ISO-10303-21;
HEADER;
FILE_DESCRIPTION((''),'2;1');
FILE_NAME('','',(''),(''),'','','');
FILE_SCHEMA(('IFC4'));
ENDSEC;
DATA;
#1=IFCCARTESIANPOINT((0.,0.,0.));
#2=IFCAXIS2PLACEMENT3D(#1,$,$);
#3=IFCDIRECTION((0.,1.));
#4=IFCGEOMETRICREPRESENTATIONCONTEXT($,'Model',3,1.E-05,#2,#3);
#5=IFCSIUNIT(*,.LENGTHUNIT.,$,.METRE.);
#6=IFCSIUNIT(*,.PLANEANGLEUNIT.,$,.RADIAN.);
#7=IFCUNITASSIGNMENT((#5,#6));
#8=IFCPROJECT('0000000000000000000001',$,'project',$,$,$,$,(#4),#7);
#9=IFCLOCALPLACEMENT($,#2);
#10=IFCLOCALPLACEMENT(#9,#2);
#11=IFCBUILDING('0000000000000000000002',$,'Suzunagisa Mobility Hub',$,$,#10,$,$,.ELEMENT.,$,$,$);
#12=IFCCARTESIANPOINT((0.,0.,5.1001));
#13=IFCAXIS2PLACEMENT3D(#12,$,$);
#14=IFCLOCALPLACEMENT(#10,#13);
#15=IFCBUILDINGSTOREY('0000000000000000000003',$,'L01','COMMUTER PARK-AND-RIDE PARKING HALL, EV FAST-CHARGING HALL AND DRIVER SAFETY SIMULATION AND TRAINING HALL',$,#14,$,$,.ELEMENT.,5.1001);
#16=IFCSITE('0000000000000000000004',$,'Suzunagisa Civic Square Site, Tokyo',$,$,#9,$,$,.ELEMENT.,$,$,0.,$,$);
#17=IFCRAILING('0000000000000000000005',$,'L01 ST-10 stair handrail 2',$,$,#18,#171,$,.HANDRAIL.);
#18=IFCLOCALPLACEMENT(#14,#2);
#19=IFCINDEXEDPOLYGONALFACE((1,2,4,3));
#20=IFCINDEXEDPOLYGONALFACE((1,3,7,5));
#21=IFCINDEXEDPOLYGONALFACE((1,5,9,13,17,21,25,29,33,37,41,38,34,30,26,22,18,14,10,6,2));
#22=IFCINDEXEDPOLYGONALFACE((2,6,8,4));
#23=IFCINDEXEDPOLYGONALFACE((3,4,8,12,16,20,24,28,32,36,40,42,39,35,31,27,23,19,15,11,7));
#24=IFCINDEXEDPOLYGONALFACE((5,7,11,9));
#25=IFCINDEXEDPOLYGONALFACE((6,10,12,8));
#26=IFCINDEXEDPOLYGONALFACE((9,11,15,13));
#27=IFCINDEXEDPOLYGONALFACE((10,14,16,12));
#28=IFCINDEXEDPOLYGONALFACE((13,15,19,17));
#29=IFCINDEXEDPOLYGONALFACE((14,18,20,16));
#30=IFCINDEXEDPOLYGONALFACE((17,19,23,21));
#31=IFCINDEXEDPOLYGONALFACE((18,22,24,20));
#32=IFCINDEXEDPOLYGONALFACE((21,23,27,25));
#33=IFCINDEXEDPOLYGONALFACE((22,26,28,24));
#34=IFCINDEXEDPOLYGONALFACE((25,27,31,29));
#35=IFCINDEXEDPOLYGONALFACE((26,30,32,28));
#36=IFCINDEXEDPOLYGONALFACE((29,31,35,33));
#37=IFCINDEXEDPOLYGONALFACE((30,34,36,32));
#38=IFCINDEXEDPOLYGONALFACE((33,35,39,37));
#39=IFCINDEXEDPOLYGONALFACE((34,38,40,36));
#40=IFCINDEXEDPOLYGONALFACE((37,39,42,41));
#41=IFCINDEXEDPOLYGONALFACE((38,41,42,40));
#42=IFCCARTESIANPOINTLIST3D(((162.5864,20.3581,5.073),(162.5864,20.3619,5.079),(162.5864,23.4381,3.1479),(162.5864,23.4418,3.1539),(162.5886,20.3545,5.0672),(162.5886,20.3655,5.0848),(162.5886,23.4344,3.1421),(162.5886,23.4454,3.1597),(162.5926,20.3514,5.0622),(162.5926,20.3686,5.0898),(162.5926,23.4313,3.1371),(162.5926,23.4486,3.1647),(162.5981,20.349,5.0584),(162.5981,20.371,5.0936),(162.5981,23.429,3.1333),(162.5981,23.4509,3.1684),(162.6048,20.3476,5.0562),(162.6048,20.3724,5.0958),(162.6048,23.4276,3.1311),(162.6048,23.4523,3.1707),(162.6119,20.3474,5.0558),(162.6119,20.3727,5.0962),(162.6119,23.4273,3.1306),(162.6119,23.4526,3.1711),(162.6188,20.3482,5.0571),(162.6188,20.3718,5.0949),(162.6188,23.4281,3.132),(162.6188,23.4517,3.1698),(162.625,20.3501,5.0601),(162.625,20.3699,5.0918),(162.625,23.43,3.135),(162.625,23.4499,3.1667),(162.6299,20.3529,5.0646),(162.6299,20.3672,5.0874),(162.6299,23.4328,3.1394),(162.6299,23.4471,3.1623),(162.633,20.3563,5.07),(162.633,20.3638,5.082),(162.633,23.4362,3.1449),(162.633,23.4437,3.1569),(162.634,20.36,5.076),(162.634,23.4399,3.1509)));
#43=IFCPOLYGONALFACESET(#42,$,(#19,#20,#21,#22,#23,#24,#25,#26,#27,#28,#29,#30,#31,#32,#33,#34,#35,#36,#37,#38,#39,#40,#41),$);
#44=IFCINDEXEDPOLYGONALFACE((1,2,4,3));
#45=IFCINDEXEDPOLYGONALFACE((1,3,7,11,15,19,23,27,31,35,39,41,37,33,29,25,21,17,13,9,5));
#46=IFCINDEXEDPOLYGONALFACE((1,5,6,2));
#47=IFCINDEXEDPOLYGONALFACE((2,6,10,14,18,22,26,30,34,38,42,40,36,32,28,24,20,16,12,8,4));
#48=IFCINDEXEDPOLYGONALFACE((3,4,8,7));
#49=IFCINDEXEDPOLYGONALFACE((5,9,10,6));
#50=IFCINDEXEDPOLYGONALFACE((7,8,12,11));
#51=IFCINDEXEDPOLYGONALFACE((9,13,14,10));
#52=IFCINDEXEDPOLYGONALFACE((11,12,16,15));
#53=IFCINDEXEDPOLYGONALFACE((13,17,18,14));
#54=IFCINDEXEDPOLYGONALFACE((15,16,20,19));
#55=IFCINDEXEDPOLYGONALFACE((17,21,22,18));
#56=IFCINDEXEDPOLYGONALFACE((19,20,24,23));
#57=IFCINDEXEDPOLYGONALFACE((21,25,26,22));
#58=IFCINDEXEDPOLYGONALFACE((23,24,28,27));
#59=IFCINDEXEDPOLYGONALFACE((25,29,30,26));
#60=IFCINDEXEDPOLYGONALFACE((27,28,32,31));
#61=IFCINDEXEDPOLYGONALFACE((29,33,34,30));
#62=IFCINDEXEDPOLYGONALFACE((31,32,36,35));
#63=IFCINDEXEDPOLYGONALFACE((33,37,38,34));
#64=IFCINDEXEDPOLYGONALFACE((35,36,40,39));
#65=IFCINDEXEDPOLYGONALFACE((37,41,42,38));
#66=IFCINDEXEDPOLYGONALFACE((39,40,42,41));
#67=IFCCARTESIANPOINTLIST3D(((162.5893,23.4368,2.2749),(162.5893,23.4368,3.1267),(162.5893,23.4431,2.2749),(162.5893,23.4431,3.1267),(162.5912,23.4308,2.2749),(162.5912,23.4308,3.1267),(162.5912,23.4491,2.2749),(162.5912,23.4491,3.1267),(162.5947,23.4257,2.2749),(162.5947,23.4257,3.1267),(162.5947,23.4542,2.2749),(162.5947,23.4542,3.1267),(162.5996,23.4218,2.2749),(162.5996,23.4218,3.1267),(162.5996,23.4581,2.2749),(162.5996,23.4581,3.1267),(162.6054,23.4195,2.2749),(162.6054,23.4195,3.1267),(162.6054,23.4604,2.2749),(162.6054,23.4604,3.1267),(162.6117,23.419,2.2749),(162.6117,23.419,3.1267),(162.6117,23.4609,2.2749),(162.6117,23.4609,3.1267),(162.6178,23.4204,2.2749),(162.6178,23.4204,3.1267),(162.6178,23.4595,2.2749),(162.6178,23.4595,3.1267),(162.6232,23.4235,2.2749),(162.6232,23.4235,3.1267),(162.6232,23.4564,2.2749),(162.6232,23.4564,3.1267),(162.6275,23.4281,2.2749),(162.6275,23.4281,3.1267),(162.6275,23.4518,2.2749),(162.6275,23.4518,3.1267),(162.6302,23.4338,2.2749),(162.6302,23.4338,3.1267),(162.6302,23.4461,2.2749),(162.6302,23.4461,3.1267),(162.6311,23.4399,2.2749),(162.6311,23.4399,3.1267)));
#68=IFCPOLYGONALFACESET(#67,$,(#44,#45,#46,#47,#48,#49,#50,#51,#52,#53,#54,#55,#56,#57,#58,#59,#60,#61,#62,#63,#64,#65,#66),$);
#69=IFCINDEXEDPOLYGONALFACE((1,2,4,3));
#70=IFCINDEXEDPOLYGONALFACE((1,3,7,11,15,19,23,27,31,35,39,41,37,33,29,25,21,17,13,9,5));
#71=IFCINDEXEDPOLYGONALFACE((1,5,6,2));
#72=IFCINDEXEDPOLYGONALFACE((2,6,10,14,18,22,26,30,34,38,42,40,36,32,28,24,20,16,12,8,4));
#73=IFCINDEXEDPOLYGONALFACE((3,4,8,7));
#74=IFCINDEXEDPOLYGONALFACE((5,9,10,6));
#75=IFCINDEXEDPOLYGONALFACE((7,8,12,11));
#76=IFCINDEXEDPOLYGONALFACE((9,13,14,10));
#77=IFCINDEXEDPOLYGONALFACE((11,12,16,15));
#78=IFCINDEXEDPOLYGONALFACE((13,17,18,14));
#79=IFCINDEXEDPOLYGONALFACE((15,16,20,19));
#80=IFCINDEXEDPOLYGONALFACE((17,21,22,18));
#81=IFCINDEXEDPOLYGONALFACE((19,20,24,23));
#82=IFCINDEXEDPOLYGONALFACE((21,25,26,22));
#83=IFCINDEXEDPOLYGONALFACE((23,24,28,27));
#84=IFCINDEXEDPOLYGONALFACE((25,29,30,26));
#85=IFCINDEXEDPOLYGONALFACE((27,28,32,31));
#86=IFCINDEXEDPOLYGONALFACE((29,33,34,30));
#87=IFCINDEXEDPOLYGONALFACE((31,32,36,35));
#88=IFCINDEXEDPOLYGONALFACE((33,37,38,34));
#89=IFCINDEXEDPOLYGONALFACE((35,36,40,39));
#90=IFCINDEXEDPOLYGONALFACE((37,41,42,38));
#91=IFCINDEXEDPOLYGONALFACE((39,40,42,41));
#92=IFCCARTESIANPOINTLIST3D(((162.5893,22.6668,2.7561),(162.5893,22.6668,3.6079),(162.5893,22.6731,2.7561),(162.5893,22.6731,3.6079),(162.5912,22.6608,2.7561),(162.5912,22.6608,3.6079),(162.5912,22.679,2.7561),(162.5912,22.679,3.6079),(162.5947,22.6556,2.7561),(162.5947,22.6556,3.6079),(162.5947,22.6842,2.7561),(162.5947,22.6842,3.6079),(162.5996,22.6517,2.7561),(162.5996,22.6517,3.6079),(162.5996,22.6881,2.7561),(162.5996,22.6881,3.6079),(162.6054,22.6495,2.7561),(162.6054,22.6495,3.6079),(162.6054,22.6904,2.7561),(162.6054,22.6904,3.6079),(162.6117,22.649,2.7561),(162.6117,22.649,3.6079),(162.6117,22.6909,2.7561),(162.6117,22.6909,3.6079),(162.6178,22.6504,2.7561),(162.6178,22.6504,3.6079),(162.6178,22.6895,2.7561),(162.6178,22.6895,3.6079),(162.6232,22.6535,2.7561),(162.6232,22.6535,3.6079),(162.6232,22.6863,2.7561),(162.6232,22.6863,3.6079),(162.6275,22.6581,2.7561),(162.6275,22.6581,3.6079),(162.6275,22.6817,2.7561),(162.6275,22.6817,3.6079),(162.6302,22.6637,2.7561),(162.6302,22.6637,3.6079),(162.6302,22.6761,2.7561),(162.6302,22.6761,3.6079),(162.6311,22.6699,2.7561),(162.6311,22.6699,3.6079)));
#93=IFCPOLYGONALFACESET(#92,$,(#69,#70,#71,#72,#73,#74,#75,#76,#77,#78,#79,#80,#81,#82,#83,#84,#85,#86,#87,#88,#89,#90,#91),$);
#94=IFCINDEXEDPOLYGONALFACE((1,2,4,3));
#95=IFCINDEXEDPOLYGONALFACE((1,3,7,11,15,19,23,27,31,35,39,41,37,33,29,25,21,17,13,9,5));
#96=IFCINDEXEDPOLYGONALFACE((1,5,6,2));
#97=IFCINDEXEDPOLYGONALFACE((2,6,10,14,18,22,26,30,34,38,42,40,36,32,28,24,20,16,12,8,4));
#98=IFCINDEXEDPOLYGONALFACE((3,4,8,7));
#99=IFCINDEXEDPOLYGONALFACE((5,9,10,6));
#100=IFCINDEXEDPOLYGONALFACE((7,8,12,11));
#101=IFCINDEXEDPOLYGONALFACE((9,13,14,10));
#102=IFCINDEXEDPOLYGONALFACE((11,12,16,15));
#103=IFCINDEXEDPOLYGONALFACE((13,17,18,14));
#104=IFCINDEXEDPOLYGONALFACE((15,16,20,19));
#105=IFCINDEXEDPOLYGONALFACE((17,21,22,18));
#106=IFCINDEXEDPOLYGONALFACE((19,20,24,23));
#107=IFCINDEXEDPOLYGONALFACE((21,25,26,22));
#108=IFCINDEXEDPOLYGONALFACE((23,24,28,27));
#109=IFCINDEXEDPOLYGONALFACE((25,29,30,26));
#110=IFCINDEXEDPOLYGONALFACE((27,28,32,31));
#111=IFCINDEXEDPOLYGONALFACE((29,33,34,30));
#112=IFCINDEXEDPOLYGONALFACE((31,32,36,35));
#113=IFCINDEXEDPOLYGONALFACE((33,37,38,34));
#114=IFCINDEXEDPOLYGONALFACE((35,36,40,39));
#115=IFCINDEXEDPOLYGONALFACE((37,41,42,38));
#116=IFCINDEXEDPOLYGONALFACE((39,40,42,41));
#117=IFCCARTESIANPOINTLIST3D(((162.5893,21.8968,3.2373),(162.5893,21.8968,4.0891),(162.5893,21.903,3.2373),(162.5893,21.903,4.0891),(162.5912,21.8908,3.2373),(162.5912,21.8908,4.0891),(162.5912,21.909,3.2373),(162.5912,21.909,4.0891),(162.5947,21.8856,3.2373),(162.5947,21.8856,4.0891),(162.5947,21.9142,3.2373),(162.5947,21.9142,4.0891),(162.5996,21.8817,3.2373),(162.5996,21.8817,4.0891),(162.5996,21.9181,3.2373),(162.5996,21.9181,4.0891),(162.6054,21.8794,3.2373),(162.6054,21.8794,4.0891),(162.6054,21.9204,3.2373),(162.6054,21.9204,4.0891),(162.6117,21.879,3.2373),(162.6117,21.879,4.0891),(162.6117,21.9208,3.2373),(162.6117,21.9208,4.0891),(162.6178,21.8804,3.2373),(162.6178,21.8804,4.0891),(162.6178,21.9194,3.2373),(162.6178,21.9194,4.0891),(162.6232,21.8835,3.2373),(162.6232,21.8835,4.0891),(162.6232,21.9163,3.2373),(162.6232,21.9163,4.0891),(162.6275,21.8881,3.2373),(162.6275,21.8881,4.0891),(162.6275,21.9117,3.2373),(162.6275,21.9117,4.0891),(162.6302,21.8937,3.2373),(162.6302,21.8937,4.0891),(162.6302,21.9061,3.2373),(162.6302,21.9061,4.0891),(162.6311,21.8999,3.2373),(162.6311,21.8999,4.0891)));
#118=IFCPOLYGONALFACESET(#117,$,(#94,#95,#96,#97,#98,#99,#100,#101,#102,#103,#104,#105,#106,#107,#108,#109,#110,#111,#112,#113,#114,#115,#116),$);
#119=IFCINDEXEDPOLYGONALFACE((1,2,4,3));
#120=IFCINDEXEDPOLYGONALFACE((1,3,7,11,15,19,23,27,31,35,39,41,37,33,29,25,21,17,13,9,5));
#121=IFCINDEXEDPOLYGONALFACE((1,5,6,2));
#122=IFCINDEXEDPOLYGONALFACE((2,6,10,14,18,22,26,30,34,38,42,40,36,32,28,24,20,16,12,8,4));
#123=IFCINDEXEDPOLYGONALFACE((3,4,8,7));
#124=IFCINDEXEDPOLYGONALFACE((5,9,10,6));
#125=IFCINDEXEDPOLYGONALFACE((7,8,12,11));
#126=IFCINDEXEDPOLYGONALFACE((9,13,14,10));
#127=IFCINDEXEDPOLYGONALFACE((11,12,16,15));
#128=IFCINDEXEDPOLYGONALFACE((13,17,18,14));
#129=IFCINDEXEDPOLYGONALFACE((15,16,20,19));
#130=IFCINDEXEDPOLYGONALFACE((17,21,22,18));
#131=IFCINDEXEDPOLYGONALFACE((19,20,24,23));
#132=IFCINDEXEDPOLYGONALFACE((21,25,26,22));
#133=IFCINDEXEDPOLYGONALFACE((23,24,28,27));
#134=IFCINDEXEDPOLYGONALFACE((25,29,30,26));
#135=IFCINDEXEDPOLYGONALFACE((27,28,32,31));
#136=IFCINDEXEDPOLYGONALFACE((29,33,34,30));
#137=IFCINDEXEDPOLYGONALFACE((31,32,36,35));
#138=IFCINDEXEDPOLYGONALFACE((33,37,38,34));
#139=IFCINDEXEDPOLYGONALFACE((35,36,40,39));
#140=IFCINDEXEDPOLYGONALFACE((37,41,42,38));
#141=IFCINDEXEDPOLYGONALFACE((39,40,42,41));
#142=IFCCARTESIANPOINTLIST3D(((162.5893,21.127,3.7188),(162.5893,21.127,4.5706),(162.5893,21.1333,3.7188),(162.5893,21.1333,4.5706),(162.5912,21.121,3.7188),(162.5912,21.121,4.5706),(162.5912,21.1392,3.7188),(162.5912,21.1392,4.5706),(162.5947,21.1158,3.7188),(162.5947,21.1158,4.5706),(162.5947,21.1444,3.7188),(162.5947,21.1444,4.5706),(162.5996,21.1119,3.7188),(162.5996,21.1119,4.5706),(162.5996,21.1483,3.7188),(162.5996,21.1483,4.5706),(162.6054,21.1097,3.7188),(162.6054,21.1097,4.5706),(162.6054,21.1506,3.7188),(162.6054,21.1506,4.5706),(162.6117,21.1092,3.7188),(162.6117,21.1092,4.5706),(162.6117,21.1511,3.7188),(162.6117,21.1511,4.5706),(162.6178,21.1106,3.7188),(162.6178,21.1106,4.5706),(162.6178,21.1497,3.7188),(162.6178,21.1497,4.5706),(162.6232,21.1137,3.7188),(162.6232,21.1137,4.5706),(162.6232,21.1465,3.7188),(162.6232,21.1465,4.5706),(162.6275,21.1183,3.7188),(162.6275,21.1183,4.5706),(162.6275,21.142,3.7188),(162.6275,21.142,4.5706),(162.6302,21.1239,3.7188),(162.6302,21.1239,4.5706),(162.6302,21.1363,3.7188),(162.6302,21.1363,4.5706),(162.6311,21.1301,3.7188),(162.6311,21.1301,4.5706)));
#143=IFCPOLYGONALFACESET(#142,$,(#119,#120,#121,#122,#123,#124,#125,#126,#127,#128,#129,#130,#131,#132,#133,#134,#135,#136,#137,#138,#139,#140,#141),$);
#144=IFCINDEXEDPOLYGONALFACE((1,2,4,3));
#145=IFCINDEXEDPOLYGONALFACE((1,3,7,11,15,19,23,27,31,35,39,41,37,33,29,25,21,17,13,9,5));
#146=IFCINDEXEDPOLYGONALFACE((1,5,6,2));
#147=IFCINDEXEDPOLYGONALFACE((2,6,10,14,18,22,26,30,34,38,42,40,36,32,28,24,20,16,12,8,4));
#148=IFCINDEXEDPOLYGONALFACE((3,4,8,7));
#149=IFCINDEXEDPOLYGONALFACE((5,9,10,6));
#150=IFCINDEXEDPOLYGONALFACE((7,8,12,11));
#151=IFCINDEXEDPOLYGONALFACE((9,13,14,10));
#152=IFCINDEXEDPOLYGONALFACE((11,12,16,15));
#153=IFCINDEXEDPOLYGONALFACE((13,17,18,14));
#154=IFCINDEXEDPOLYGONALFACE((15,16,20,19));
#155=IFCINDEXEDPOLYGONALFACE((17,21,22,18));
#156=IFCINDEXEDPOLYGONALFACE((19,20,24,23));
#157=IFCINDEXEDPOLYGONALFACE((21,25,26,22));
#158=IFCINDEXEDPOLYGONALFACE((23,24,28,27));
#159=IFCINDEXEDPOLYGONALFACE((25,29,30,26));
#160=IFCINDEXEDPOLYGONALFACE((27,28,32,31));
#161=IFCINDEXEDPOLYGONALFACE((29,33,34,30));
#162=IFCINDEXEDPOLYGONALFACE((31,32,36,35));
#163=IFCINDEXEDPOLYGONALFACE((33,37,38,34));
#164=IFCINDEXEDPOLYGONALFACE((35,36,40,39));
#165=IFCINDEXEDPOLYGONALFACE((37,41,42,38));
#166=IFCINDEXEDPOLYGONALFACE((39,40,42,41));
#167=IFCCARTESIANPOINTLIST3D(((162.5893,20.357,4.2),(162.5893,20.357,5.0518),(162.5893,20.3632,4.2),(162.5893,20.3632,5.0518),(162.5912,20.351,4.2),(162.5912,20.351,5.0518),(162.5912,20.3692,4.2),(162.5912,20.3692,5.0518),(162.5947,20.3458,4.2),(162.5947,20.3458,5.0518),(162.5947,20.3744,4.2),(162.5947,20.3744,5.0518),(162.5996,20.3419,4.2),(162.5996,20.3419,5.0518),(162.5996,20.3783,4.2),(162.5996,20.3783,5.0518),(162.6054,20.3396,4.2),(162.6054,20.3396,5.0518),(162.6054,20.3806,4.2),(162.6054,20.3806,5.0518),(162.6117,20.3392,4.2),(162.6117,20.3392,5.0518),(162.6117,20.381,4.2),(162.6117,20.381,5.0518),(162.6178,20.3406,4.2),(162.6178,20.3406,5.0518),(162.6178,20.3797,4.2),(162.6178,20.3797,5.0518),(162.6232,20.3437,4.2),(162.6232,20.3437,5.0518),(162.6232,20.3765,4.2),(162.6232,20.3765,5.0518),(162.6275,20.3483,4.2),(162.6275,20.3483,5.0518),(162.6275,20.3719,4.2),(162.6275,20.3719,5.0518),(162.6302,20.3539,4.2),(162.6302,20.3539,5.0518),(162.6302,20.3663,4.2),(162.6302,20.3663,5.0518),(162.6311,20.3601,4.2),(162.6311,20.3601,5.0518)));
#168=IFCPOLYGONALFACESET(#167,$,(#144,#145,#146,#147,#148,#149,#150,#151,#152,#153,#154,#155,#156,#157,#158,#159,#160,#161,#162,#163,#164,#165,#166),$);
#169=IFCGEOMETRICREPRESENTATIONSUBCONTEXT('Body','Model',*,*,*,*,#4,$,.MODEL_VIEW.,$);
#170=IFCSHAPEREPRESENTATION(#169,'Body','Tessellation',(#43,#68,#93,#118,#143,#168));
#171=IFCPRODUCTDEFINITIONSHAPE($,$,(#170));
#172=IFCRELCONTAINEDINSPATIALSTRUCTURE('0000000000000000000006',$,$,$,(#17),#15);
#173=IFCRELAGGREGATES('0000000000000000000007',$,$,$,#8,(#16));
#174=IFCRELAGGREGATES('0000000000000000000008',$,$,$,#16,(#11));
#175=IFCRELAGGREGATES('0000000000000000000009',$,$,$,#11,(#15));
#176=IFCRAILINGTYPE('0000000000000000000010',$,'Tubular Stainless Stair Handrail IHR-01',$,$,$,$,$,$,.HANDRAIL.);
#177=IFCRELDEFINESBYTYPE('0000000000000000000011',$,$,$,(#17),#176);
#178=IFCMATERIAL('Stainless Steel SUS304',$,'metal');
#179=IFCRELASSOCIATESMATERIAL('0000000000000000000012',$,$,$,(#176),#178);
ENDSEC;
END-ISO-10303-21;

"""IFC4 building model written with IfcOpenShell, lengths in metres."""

from ifc_helpers import new_model, si_unit, direction, frame, origin, origin_2d, place, context, subcontext, project, spatial, circle, extrude, material, type_object, element, save


model = new_model("IFC4")

# Units and contexts
model_context = context("Model", 3, precision=1e-05, world=origin(), true_north=direction((0.0, 1.0)))
body_context = subcontext(model_context, "Body", "Model", "MODEL_VIEW")
ifc_project = project(units=[si_unit("LENGTHUNIT", "METRE"), si_unit("PLANEANGLEUNIT", "RADIAN")], contexts=[model_context])

# Site, building, storey
site_placement = place(None, origin())
site = spatial("IfcSite", under=ifc_project, at=site_placement, Name="Suzunagisa Civic Square Site, Tokyo", CompositionType="ELEMENT", RefElevation=0.0)
building_placement = place(site_placement, origin())
building = spatial("IfcBuilding", under=site, at=building_placement, Name="Suzunagisa Mobility Hub", CompositionType="ELEMENT")
storey_placement = place(building_placement, frame((0.0, 0.0, 5.1001)))
storey = spatial("IfcBuildingStorey", under=building, at=storey_placement, Name="L01", Description="COMMUTER PARK-AND-RIDE PARKING HALL, EV FAST-CHARGING HALL AND DRIVER SAFETY SIMULATION AND TRAINING HALL", CompositionType="ELEMENT", Elevation=5.1001)

# Railing
ifc_material_1 = material(Name="Stainless Steel SUS304", Category="metal")
railing_type_1 = type_object("IfcRailingType", Name="Tubular Stainless Stair Handrail IHR-01", PredefinedType="HANDRAIL", material=ifc_material_1)
railing_1_placement = place(storey_placement, frame((162.6101, 23.4399, 2.2749)))
element("IfcRailing", 1, at=railing_1_placement, inside=storey, type_object=railing_type_1, Name="L01 ST-10 stair handrail 2", PredefinedType="HANDRAIL", context=body_context, shape_type="SweptSolid", body=[
    extrude(circle(Radius=0.0239, at=origin_2d()), frame((0.0, 0.0, 0.876), z_axis=(0.0, -0.847979, 0.530029), x_axis=(1.0, 0.0, 0.0)), (0.0, 0.0, 1.0), 3.6321),
    extrude(circle(Radius=0.021, at=origin_2d()), origin(), (0.0, 0.0, 1.0), 0.8518),
    extrude(circle(Radius=0.021, at=origin_2d()), frame((0.0, -0.77, 0.4812)), (0.0, 0.0, 1.0), 0.8518),
    extrude(circle(Radius=0.021, at=origin_2d()), frame((0.0, -1.54, 0.9624)), (0.0, 0.0, 1.0), 0.8518),
    extrude(circle(Radius=0.021, at=origin_2d()), frame((0.0, -2.3098, 1.4438)), (0.0, 0.0, 1.0), 0.8518),
    extrude(circle(Radius=0.021, at=origin_2d()), frame((0.0, -3.0798, 1.925)), (0.0, 0.0, 1.0), 0.8518),
])

save(model, "model.ifc")
